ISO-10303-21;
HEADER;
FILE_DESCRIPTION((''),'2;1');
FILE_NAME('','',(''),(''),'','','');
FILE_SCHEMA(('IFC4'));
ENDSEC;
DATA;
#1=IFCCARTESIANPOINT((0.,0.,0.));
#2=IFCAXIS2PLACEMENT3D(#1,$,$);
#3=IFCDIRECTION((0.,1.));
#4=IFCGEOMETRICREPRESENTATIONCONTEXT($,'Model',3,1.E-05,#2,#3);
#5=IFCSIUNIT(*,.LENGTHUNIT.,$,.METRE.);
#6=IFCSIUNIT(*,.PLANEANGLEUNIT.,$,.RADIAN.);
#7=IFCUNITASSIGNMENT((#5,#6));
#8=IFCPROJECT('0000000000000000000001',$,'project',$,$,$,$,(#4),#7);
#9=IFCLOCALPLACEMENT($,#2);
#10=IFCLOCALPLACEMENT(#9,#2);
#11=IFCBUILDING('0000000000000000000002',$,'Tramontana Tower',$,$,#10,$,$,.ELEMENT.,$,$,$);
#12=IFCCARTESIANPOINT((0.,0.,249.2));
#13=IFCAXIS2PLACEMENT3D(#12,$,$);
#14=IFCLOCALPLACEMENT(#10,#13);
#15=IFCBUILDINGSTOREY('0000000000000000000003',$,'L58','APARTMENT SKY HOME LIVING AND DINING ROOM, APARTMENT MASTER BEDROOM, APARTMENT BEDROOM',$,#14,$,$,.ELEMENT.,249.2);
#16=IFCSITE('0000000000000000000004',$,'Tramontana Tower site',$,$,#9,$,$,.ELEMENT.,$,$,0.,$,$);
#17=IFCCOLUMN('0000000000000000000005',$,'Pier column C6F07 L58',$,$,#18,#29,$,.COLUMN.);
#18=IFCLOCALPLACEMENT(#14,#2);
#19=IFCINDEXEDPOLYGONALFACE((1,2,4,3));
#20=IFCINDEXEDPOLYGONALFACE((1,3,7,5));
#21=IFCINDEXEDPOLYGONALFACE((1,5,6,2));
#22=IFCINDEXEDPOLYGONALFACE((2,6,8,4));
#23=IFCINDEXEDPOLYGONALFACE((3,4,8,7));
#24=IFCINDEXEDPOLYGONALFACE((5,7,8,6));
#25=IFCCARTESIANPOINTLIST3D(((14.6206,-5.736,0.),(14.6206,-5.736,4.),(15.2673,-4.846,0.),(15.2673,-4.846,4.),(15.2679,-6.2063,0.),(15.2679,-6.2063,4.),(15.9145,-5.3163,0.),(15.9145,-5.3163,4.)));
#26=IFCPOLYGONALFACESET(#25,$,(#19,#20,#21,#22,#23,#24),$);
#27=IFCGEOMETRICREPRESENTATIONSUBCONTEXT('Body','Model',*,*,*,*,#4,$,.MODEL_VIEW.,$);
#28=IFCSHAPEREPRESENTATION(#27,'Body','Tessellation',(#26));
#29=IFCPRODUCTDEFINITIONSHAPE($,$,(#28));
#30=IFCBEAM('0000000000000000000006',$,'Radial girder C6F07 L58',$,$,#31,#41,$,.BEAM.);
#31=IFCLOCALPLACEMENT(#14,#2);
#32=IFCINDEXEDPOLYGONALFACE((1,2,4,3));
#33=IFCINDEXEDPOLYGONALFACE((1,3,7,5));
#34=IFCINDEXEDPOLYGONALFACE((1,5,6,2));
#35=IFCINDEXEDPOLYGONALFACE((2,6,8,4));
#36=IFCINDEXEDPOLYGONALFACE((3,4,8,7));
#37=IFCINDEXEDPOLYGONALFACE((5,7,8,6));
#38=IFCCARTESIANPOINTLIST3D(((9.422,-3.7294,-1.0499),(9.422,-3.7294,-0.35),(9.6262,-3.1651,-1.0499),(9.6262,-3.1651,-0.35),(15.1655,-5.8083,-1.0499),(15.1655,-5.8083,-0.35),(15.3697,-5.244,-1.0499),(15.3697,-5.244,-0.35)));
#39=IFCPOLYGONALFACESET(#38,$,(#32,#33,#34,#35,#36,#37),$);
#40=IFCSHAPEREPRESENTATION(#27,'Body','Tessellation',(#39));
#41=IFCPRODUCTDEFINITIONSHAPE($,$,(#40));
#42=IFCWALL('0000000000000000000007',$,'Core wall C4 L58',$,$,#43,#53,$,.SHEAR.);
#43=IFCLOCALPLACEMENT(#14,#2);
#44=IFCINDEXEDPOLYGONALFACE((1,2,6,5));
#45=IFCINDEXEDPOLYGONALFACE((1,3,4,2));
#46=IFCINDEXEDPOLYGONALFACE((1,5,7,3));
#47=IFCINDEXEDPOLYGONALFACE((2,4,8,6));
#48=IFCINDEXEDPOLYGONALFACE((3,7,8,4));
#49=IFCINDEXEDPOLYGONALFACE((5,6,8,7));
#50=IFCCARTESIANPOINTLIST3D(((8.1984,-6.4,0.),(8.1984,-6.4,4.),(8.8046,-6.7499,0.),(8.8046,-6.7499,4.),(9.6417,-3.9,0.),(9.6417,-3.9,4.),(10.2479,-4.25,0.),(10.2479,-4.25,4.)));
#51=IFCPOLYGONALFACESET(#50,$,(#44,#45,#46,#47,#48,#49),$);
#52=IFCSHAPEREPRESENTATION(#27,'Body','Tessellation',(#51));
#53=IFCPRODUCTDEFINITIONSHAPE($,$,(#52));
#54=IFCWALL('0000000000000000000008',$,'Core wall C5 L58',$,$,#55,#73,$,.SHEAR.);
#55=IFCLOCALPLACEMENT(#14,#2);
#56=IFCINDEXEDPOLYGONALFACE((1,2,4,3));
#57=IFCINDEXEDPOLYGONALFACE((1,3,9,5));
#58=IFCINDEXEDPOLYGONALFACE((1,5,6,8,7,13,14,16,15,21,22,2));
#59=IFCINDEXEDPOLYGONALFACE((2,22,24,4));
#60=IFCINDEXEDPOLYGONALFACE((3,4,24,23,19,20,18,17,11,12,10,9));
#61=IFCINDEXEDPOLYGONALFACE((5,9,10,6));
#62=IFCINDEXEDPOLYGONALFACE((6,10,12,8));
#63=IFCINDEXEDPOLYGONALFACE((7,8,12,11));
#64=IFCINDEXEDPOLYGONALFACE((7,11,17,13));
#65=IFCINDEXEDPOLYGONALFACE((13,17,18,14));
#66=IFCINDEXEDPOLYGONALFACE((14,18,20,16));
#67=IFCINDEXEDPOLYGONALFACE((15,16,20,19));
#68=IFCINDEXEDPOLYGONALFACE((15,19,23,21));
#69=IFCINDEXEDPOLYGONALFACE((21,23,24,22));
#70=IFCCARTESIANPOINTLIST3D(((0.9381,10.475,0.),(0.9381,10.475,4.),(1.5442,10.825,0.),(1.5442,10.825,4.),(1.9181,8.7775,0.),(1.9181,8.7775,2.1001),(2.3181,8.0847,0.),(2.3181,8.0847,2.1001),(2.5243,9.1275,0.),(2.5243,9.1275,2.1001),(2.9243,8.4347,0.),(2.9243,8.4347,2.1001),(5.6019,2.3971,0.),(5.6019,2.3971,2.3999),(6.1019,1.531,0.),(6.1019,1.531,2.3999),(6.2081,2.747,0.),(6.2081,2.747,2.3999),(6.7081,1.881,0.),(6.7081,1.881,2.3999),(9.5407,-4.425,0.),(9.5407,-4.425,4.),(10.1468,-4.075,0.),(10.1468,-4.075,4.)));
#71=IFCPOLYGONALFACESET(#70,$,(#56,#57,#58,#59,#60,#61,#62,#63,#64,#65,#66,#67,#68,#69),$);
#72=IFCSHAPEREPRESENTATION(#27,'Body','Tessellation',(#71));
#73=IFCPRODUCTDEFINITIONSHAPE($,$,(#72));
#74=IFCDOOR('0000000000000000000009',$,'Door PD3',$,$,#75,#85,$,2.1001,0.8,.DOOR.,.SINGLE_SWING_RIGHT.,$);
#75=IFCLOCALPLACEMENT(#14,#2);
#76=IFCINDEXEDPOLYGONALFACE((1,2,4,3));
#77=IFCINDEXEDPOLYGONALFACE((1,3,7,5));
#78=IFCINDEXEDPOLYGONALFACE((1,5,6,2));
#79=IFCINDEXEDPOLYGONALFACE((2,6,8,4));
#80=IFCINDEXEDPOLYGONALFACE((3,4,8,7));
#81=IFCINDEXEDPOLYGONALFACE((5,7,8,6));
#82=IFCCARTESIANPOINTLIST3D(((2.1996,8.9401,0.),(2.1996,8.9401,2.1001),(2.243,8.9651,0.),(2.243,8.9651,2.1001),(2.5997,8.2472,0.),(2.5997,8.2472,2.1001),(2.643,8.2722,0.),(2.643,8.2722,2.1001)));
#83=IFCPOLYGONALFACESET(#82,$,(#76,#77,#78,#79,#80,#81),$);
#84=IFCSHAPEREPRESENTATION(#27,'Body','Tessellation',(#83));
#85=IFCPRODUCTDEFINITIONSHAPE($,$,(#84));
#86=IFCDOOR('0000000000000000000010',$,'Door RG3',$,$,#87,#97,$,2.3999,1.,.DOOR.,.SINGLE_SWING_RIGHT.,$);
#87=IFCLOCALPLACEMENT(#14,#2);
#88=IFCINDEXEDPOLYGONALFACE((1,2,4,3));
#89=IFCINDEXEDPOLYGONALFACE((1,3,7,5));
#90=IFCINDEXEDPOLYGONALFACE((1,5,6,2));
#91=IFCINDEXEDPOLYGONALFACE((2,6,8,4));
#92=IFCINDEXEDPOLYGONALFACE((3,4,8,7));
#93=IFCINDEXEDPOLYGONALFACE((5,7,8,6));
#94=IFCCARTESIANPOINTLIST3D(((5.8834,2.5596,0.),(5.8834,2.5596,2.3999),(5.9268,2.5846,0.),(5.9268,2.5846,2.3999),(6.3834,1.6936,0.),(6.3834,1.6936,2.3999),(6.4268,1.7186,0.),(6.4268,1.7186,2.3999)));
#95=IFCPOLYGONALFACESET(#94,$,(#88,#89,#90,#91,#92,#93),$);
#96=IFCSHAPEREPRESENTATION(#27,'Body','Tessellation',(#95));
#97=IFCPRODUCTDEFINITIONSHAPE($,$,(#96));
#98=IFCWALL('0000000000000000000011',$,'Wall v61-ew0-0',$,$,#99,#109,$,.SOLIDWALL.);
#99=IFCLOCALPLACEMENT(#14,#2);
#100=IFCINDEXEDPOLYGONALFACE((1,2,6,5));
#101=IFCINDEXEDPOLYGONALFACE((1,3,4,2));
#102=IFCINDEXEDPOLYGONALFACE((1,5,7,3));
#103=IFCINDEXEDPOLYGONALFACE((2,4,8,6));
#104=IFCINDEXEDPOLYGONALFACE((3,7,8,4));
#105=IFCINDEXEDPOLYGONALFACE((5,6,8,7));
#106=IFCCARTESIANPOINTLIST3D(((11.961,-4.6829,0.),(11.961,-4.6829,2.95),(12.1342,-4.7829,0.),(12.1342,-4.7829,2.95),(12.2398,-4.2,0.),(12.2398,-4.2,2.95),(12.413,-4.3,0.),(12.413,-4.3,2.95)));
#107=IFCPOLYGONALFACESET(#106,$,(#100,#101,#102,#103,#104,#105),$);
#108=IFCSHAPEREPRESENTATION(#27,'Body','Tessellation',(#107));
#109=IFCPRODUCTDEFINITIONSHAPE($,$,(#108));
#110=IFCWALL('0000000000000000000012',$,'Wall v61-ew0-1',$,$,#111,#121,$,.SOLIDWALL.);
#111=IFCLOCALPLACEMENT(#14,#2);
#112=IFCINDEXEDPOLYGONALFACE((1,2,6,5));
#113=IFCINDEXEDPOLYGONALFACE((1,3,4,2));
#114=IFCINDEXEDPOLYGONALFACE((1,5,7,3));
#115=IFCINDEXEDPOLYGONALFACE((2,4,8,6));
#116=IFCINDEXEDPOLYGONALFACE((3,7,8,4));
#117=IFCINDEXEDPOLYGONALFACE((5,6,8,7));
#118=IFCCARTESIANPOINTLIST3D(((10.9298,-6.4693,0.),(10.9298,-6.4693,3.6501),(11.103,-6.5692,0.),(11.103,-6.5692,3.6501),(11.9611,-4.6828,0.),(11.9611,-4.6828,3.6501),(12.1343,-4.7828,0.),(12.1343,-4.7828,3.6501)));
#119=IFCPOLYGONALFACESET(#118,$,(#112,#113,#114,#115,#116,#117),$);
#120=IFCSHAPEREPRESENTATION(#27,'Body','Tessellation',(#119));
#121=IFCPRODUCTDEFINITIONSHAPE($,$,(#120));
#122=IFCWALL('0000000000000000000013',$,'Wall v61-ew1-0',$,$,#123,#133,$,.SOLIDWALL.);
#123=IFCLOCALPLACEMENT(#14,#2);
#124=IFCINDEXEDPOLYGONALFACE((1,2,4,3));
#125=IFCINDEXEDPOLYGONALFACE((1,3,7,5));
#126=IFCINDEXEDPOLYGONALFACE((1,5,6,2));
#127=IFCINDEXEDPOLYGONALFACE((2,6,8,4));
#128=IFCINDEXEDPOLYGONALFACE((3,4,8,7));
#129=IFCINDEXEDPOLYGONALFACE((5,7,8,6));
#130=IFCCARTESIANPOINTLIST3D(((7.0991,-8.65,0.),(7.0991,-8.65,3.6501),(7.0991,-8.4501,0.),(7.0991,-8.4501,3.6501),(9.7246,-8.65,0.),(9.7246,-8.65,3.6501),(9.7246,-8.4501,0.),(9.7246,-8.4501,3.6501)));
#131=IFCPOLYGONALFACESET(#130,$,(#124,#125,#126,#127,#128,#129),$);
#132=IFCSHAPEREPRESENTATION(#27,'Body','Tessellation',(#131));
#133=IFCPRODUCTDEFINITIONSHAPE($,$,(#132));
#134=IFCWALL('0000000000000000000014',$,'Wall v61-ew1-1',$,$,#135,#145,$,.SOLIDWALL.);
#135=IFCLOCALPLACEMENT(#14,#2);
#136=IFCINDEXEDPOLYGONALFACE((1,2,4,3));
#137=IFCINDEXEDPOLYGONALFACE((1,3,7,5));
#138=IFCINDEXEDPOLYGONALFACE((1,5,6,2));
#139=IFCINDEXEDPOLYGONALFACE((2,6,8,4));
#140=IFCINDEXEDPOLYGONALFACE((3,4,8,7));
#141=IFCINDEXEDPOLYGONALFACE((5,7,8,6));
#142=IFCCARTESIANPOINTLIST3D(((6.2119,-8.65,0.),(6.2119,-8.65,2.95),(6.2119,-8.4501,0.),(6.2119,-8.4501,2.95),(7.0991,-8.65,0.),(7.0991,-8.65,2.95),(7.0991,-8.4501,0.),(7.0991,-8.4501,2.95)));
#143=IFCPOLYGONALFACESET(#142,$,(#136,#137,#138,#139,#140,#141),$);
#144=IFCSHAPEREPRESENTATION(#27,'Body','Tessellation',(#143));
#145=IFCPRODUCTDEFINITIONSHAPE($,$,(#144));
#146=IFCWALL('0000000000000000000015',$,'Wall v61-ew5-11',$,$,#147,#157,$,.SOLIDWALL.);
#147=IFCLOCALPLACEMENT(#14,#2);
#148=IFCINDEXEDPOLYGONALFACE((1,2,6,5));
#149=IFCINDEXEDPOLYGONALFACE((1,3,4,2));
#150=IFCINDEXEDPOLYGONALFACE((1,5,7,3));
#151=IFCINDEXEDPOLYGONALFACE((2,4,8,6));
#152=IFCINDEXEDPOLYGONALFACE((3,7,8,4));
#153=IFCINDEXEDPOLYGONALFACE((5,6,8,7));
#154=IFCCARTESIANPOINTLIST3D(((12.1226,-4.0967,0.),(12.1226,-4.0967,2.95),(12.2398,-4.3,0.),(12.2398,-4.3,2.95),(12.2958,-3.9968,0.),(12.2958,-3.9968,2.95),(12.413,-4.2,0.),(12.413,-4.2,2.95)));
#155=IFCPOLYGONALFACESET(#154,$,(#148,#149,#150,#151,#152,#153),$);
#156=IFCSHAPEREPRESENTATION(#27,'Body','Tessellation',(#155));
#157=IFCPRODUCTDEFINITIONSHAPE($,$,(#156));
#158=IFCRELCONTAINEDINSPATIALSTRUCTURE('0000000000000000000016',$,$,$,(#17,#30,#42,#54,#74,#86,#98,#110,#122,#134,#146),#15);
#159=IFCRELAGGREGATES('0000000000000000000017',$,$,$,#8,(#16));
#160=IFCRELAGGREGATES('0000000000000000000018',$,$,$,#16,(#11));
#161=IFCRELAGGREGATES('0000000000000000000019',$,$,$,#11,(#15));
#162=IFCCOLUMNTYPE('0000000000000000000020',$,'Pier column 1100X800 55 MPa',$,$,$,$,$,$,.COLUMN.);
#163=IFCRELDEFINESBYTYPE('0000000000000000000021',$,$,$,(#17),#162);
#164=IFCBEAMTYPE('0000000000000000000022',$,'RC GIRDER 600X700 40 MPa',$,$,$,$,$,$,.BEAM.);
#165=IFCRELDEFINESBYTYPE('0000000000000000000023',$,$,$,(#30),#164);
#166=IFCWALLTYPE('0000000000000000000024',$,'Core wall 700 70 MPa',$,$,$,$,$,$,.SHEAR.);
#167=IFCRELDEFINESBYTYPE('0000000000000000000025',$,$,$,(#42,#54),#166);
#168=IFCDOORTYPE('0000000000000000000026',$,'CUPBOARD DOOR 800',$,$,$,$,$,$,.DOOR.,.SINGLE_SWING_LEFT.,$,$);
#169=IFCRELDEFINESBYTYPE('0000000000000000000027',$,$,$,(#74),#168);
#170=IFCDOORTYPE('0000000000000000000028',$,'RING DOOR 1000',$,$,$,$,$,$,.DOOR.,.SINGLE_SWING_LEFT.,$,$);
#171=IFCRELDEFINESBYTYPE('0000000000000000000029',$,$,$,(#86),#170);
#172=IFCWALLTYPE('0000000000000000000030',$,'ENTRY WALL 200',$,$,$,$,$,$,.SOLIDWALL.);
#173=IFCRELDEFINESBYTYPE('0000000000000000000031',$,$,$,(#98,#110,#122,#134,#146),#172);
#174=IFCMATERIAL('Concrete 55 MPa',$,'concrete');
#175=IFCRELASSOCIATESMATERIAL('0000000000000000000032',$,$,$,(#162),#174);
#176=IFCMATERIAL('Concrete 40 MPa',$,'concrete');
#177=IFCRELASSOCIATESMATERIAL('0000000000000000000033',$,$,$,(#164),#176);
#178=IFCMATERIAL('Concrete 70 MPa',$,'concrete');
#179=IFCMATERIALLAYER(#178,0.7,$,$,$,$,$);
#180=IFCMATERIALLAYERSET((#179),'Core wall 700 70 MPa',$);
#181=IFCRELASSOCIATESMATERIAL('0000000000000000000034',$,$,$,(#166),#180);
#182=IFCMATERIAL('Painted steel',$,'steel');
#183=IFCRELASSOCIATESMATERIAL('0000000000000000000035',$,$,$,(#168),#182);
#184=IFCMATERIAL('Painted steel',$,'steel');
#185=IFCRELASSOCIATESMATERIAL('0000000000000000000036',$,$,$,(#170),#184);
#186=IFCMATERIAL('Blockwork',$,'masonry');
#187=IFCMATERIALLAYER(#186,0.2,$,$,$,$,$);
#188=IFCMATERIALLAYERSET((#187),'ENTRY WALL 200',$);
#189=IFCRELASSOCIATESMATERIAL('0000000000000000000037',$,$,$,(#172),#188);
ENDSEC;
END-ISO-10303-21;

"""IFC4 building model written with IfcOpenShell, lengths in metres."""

from ifc_helpers import new_model, si_unit, direction, frame, frame_2d, origin, origin_2d, place, context, subcontext, project, spatial, rectangle, extrude, material, layer, layer_set, material_profile, profile_set, type_object, element, fill, save


model = new_model("IFC4")

# Units and contexts
model_context = context("Model", 3, precision=1e-05, world=origin(), true_north=direction((0.0, 1.0)))
body_context = subcontext(model_context, "Body", "Model", "MODEL_VIEW")
ifc_project = project(units=[si_unit("LENGTHUNIT", "METRE"), si_unit("PLANEANGLEUNIT", "RADIAN")], contexts=[model_context])

# Site, building, storey
site_placement = place(None, origin())
site = spatial("IfcSite", under=ifc_project, at=site_placement, Name="Tramontana Tower site", CompositionType="ELEMENT", RefElevation=0.0)
building_placement = place(site_placement, origin())
building = spatial("IfcBuilding", under=site, at=building_placement, Name="Tramontana Tower", CompositionType="ELEMENT")
storey_placement = place(building_placement, frame((0.0, 0.0, 249.2)))
storey = spatial("IfcBuildingStorey", under=building, at=storey_placement, Name="L58", Description="APARTMENT SKY HOME LIVING AND DINING ROOM, APARTMENT MASTER BEDROOM, APARTMENT BEDROOM", CompositionType="ELEMENT", Elevation=249.2)

# Column
ifc_material_1 = material(Name="Concrete 55 MPa", Category="concrete")
ifc_material_profile_1 = material_profile(ifc_material_1, rectangle(XDim=1.1001, YDim=0.8, at=origin_2d()), Name="Pier column 1100X800 55 MPa")
ifc_profile_set_1 = profile_set([ifc_material_profile_1], Name="Concrete 55 MPa")
column_type = type_object("IfcColumnType", Name="Pier column 1100X800 55 MPa", PredefinedType="COLUMN", material=ifc_profile_set_1)
column_placement = place(storey_placement, frame((15.2676, -5.5261, 0.0), z_axis=(0.0, 0.0, 1.0), x_axis=(0.587785, 0.809017, 0.0)))
element("IfcColumn", 1, at=column_placement, inside=storey, type_object=column_type, Name="Pier column C6F07 L58", PredefinedType="COLUMN", context=body_context, shape_type="SweptSolid", body=[
    extrude(rectangle(XDim=1.1001, YDim=0.8, at=origin_2d()), origin(), (0.0, 0.0, 1.0), 4.0),
])

# Beam
ifc_material_2 = material(Name="Concrete 40 MPa", Category="concrete")
ifc_material_profile_2 = material_profile(ifc_material_2, rectangle(XDim=0.6001, YDim=0.7, at=origin_2d()), Name="RC GIRDER 600X700 40 MPa")
ifc_profile_set_2 = profile_set([ifc_material_profile_2], Name="Concrete 40 MPa")
beam_type = type_object("IfcBeamType", Name="RC GIRDER 600X700 40 MPa", PredefinedType="BEAM", material=ifc_profile_set_2)
beam_placement = place(storey_placement, frame((15.2676, -5.5261, -0.7), z_axis=(-0.9403, 0.340347, 0.0), x_axis=(-0.340347, -0.9403, 0.0)))
element("IfcBeam", 2, at=beam_placement, inside=storey, type_object=beam_type, Name="Radial girder C6F07 L58", PredefinedType="BEAM", context=body_context, shape_type="SweptSolid", body=[
    extrude(rectangle(XDim=0.6001, YDim=0.7, at=origin_2d()), origin(), (0.0, 0.0, 1.0), 6.1082),
])

# Wall
ifc_material_3 = material(Name="Concrete 70 MPa", Category="concrete")
ifc_layer_1 = layer(ifc_material_3, 0.7)
ifc_layer_set_1 = layer_set([ifc_layer_1], Name="Core wall 700 70 MPa")
wall_type_1 = type_object("IfcWallType", Name="Core wall 700 70 MPa", PredefinedType="SHEAR", material=ifc_layer_set_1)
wall_1_placement = place(storey_placement, frame((8.5015, -6.575, 0.0), z_axis=(0.0, 0.0, 1.0), x_axis=(0.499996, 0.866028, 0.0)))
element("IfcWall", 3, at=wall_1_placement, inside=storey, type_object=wall_type_1, Name="Core wall C4 L58", PredefinedType="SHEAR", context=body_context, shape_type="SweptSolid", body=[
    extrude(rectangle(XDim=2.8867, YDim=0.7, at=frame_2d((1.4434, 0.0))), origin(), (0.0, 0.0, 1.0), 4.0),
])

# Wall, openings, doors
wall_2_placement = place(storey_placement, frame((9.8438, -4.25, 0.0), z_axis=(0.0, 0.0, 1.0), x_axis=(-0.500003, 0.866023, 0.0)))
wall_2 = element("IfcWall", 4, at=wall_2_placement, inside=storey, type_object=wall_type_1, Name="Core wall C5 L58", PredefinedType="SHEAR", context=body_context, shape_type="SweptSolid", body=[
    extrude(rectangle(XDim=17.2051, YDim=0.7, at=frame_2d((8.6025, 0.0))), origin(), (0.0, 0.0, 1.0), 4.0),
])
opening_1_placement = place(wall_2_placement, frame((6.8774, 0.0, 0.0)))
opening_1 = element("IfcOpeningElement", 5, at=opening_1_placement, cuts=wall_2, PredefinedType="OPENING", context=body_context, shape_type="SweptSolid", body=[
    extrude(rectangle(XDim=1.0, YDim=2.3999, at=frame_2d((0.5, 1.2))), frame((0.0, 0.3599, 0.0), z_axis=(0.0, -1.0, 0.0), x_axis=(1.0, 0.0, 0.0)), (0.0, 0.0, 1.0), 0.72),
])
opening_2_placement = place(wall_2_placement, frame((14.4451, 0.0, 0.0)))
opening_2 = element("IfcOpeningElement", 6, at=opening_2_placement, cuts=wall_2, PredefinedType="OPENING", context=body_context, shape_type="SweptSolid", body=[
    extrude(rectangle(XDim=0.8, YDim=2.1001, at=frame_2d((0.3999, 1.05))), frame((0.0, 0.3599, 0.0), z_axis=(0.0, -1.0, 0.0), x_axis=(1.0, 0.0, 0.0)), (0.0, 0.0, 1.0), 0.72),
])
ifc_material_4 = material(Name="Painted steel", Category="steel")
door_type_1 = type_object("IfcDoorType", Name="CUPBOARD DOOR 800", OperationType="SINGLE_SWING_LEFT", PredefinedType="DOOR", material=ifc_material_4)
door_1_placement = place(opening_2_placement, origin())
door_1 = element("IfcDoor", 7, at=door_1_placement, inside=storey, type_object=door_type_1, Name="Door PD3", OperationType="SINGLE_SWING_RIGHT", OverallHeight=2.1001, OverallWidth=0.8, PredefinedType="DOOR", context=body_context, shape_type="SweptSolid", body=[
    extrude(rectangle(XDim=0.8, YDim=2.1001, at=frame_2d((0.3999, 1.05))), frame((0.0, 0.0249, 0.0), z_axis=(0.0, -1.0, 0.0), x_axis=(1.0, 0.0, 0.0)), (0.0, 0.0, 1.0), 0.05),
])
fill(opening_2, door_1)
ifc_material_5 = material(Name="Painted steel", Category="steel")
door_type_2 = type_object("IfcDoorType", Name="RING DOOR 1000", OperationType="SINGLE_SWING_LEFT", PredefinedType="DOOR", material=ifc_material_5)
door_2_placement = place(opening_1_placement, origin())
door_2 = element("IfcDoor", 8, at=door_2_placement, inside=storey, type_object=door_type_2, Name="Door RG3", OperationType="SINGLE_SWING_RIGHT", OverallHeight=2.3999, OverallWidth=1.0, PredefinedType="DOOR", context=body_context, shape_type="SweptSolid", body=[
    extrude(rectangle(XDim=1.0, YDim=2.3999, at=frame_2d((0.5, 1.2))), frame((0.0, 0.0249, 0.0), z_axis=(0.0, -1.0, 0.0), x_axis=(1.0, 0.0, 0.0)), (0.0, 0.0, 1.0), 0.05),
])
fill(opening_1, door_2)

# Walls
ifc_material_6 = material(Name="Blockwork", Category="masonry")
ifc_layer_2 = layer(ifc_material_6, 0.2)
ifc_layer_set_2 = layer_set([ifc_layer_2], Name="ENTRY WALL 200")
wall_type_2 = type_object("IfcWallType", Name="ENTRY WALL 200", PredefinedType="SOLIDWALL", material=ifc_layer_set_2)
wall_3_placement = place(storey_placement, frame((12.3264, -4.25, 0.0), z_axis=(0.0, 0.0, 1.0), x_axis=(-0.5, -0.866025, 0.0)))
element("IfcWall", 9, at=wall_3_placement, inside=storey, type_object=wall_type_2, Name="Wall v61-ew0-0", PredefinedType="SOLIDWALL", context=body_context, shape_type="SweptSolid", body=[
    extrude(rectangle(XDim=0.5576, YDim=0.2, at=frame_2d((0.2788, 0.0))), origin(), (0.0, 0.0, 1.0), 2.95),
])
wall_4_placement = place(storey_placement, frame((12.0476, -4.7329, 0.0), z_axis=(0.0, 0.0, 1.0), x_axis=(-0.499958, -0.86605, 0.0)))
element("IfcWall", 10, at=wall_4_placement, inside=storey, type_object=wall_type_2, Name="Wall v61-ew0-1", PredefinedType="SOLIDWALL", context=body_context, shape_type="SweptSolid", body=[
    extrude(rectangle(XDim=2.0627, YDim=0.2, at=frame_2d((1.0312, 0.0))), origin(), (0.0, 0.0, 1.0), 3.6501),
])
wall_5_placement = place(storey_placement, frame((9.7246, -8.55, 0.0), z_axis=(0.0, 0.0, 1.0), x_axis=(-1.0, 0.0, 0.0)))
element("IfcWall", 11, at=wall_5_placement, inside=storey, type_object=wall_type_2, Name="Wall v61-ew1-0", PredefinedType="SOLIDWALL", context=body_context, shape_type="SweptSolid", body=[
    extrude(rectangle(XDim=2.6255, YDim=0.2, at=frame_2d((1.3127, 0.0))), origin(), (0.0, 0.0, 1.0), 3.6501),
])
wall_6_placement = place(storey_placement, frame((7.0991, -8.55, 0.0), z_axis=(0.0, 0.0, 1.0), x_axis=(-1.0, 0.0, 0.0)))
element("IfcWall", 12, at=wall_6_placement, inside=storey, type_object=wall_type_2, Name="Wall v61-ew1-1", PredefinedType="SOLIDWALL", context=body_context, shape_type="SweptSolid", body=[
    extrude(rectangle(XDim=0.8872, YDim=0.2, at=frame_2d((0.4436, 0.0))), origin(), (0.0, 0.0, 1.0), 2.95),
])
wall_7_placement = place(storey_placement, frame((12.2092, -4.0469, 0.0), z_axis=(0.0, 0.0, 1.0), x_axis=(0.499722, -0.866186, 0.0)))
element("IfcWall", 13, at=wall_7_placement, inside=storey, type_object=wall_type_2, Name="Wall v61-ew5-11", PredefinedType="SOLIDWALL", context=body_context, shape_type="SweptSolid", body=[
    extrude(rectangle(XDim=0.2346, YDim=0.2, at=frame_2d((0.1172, 0.0))), origin(), (0.0, 0.0, 1.0), 2.95),
])

save(model, "model.ifc")
